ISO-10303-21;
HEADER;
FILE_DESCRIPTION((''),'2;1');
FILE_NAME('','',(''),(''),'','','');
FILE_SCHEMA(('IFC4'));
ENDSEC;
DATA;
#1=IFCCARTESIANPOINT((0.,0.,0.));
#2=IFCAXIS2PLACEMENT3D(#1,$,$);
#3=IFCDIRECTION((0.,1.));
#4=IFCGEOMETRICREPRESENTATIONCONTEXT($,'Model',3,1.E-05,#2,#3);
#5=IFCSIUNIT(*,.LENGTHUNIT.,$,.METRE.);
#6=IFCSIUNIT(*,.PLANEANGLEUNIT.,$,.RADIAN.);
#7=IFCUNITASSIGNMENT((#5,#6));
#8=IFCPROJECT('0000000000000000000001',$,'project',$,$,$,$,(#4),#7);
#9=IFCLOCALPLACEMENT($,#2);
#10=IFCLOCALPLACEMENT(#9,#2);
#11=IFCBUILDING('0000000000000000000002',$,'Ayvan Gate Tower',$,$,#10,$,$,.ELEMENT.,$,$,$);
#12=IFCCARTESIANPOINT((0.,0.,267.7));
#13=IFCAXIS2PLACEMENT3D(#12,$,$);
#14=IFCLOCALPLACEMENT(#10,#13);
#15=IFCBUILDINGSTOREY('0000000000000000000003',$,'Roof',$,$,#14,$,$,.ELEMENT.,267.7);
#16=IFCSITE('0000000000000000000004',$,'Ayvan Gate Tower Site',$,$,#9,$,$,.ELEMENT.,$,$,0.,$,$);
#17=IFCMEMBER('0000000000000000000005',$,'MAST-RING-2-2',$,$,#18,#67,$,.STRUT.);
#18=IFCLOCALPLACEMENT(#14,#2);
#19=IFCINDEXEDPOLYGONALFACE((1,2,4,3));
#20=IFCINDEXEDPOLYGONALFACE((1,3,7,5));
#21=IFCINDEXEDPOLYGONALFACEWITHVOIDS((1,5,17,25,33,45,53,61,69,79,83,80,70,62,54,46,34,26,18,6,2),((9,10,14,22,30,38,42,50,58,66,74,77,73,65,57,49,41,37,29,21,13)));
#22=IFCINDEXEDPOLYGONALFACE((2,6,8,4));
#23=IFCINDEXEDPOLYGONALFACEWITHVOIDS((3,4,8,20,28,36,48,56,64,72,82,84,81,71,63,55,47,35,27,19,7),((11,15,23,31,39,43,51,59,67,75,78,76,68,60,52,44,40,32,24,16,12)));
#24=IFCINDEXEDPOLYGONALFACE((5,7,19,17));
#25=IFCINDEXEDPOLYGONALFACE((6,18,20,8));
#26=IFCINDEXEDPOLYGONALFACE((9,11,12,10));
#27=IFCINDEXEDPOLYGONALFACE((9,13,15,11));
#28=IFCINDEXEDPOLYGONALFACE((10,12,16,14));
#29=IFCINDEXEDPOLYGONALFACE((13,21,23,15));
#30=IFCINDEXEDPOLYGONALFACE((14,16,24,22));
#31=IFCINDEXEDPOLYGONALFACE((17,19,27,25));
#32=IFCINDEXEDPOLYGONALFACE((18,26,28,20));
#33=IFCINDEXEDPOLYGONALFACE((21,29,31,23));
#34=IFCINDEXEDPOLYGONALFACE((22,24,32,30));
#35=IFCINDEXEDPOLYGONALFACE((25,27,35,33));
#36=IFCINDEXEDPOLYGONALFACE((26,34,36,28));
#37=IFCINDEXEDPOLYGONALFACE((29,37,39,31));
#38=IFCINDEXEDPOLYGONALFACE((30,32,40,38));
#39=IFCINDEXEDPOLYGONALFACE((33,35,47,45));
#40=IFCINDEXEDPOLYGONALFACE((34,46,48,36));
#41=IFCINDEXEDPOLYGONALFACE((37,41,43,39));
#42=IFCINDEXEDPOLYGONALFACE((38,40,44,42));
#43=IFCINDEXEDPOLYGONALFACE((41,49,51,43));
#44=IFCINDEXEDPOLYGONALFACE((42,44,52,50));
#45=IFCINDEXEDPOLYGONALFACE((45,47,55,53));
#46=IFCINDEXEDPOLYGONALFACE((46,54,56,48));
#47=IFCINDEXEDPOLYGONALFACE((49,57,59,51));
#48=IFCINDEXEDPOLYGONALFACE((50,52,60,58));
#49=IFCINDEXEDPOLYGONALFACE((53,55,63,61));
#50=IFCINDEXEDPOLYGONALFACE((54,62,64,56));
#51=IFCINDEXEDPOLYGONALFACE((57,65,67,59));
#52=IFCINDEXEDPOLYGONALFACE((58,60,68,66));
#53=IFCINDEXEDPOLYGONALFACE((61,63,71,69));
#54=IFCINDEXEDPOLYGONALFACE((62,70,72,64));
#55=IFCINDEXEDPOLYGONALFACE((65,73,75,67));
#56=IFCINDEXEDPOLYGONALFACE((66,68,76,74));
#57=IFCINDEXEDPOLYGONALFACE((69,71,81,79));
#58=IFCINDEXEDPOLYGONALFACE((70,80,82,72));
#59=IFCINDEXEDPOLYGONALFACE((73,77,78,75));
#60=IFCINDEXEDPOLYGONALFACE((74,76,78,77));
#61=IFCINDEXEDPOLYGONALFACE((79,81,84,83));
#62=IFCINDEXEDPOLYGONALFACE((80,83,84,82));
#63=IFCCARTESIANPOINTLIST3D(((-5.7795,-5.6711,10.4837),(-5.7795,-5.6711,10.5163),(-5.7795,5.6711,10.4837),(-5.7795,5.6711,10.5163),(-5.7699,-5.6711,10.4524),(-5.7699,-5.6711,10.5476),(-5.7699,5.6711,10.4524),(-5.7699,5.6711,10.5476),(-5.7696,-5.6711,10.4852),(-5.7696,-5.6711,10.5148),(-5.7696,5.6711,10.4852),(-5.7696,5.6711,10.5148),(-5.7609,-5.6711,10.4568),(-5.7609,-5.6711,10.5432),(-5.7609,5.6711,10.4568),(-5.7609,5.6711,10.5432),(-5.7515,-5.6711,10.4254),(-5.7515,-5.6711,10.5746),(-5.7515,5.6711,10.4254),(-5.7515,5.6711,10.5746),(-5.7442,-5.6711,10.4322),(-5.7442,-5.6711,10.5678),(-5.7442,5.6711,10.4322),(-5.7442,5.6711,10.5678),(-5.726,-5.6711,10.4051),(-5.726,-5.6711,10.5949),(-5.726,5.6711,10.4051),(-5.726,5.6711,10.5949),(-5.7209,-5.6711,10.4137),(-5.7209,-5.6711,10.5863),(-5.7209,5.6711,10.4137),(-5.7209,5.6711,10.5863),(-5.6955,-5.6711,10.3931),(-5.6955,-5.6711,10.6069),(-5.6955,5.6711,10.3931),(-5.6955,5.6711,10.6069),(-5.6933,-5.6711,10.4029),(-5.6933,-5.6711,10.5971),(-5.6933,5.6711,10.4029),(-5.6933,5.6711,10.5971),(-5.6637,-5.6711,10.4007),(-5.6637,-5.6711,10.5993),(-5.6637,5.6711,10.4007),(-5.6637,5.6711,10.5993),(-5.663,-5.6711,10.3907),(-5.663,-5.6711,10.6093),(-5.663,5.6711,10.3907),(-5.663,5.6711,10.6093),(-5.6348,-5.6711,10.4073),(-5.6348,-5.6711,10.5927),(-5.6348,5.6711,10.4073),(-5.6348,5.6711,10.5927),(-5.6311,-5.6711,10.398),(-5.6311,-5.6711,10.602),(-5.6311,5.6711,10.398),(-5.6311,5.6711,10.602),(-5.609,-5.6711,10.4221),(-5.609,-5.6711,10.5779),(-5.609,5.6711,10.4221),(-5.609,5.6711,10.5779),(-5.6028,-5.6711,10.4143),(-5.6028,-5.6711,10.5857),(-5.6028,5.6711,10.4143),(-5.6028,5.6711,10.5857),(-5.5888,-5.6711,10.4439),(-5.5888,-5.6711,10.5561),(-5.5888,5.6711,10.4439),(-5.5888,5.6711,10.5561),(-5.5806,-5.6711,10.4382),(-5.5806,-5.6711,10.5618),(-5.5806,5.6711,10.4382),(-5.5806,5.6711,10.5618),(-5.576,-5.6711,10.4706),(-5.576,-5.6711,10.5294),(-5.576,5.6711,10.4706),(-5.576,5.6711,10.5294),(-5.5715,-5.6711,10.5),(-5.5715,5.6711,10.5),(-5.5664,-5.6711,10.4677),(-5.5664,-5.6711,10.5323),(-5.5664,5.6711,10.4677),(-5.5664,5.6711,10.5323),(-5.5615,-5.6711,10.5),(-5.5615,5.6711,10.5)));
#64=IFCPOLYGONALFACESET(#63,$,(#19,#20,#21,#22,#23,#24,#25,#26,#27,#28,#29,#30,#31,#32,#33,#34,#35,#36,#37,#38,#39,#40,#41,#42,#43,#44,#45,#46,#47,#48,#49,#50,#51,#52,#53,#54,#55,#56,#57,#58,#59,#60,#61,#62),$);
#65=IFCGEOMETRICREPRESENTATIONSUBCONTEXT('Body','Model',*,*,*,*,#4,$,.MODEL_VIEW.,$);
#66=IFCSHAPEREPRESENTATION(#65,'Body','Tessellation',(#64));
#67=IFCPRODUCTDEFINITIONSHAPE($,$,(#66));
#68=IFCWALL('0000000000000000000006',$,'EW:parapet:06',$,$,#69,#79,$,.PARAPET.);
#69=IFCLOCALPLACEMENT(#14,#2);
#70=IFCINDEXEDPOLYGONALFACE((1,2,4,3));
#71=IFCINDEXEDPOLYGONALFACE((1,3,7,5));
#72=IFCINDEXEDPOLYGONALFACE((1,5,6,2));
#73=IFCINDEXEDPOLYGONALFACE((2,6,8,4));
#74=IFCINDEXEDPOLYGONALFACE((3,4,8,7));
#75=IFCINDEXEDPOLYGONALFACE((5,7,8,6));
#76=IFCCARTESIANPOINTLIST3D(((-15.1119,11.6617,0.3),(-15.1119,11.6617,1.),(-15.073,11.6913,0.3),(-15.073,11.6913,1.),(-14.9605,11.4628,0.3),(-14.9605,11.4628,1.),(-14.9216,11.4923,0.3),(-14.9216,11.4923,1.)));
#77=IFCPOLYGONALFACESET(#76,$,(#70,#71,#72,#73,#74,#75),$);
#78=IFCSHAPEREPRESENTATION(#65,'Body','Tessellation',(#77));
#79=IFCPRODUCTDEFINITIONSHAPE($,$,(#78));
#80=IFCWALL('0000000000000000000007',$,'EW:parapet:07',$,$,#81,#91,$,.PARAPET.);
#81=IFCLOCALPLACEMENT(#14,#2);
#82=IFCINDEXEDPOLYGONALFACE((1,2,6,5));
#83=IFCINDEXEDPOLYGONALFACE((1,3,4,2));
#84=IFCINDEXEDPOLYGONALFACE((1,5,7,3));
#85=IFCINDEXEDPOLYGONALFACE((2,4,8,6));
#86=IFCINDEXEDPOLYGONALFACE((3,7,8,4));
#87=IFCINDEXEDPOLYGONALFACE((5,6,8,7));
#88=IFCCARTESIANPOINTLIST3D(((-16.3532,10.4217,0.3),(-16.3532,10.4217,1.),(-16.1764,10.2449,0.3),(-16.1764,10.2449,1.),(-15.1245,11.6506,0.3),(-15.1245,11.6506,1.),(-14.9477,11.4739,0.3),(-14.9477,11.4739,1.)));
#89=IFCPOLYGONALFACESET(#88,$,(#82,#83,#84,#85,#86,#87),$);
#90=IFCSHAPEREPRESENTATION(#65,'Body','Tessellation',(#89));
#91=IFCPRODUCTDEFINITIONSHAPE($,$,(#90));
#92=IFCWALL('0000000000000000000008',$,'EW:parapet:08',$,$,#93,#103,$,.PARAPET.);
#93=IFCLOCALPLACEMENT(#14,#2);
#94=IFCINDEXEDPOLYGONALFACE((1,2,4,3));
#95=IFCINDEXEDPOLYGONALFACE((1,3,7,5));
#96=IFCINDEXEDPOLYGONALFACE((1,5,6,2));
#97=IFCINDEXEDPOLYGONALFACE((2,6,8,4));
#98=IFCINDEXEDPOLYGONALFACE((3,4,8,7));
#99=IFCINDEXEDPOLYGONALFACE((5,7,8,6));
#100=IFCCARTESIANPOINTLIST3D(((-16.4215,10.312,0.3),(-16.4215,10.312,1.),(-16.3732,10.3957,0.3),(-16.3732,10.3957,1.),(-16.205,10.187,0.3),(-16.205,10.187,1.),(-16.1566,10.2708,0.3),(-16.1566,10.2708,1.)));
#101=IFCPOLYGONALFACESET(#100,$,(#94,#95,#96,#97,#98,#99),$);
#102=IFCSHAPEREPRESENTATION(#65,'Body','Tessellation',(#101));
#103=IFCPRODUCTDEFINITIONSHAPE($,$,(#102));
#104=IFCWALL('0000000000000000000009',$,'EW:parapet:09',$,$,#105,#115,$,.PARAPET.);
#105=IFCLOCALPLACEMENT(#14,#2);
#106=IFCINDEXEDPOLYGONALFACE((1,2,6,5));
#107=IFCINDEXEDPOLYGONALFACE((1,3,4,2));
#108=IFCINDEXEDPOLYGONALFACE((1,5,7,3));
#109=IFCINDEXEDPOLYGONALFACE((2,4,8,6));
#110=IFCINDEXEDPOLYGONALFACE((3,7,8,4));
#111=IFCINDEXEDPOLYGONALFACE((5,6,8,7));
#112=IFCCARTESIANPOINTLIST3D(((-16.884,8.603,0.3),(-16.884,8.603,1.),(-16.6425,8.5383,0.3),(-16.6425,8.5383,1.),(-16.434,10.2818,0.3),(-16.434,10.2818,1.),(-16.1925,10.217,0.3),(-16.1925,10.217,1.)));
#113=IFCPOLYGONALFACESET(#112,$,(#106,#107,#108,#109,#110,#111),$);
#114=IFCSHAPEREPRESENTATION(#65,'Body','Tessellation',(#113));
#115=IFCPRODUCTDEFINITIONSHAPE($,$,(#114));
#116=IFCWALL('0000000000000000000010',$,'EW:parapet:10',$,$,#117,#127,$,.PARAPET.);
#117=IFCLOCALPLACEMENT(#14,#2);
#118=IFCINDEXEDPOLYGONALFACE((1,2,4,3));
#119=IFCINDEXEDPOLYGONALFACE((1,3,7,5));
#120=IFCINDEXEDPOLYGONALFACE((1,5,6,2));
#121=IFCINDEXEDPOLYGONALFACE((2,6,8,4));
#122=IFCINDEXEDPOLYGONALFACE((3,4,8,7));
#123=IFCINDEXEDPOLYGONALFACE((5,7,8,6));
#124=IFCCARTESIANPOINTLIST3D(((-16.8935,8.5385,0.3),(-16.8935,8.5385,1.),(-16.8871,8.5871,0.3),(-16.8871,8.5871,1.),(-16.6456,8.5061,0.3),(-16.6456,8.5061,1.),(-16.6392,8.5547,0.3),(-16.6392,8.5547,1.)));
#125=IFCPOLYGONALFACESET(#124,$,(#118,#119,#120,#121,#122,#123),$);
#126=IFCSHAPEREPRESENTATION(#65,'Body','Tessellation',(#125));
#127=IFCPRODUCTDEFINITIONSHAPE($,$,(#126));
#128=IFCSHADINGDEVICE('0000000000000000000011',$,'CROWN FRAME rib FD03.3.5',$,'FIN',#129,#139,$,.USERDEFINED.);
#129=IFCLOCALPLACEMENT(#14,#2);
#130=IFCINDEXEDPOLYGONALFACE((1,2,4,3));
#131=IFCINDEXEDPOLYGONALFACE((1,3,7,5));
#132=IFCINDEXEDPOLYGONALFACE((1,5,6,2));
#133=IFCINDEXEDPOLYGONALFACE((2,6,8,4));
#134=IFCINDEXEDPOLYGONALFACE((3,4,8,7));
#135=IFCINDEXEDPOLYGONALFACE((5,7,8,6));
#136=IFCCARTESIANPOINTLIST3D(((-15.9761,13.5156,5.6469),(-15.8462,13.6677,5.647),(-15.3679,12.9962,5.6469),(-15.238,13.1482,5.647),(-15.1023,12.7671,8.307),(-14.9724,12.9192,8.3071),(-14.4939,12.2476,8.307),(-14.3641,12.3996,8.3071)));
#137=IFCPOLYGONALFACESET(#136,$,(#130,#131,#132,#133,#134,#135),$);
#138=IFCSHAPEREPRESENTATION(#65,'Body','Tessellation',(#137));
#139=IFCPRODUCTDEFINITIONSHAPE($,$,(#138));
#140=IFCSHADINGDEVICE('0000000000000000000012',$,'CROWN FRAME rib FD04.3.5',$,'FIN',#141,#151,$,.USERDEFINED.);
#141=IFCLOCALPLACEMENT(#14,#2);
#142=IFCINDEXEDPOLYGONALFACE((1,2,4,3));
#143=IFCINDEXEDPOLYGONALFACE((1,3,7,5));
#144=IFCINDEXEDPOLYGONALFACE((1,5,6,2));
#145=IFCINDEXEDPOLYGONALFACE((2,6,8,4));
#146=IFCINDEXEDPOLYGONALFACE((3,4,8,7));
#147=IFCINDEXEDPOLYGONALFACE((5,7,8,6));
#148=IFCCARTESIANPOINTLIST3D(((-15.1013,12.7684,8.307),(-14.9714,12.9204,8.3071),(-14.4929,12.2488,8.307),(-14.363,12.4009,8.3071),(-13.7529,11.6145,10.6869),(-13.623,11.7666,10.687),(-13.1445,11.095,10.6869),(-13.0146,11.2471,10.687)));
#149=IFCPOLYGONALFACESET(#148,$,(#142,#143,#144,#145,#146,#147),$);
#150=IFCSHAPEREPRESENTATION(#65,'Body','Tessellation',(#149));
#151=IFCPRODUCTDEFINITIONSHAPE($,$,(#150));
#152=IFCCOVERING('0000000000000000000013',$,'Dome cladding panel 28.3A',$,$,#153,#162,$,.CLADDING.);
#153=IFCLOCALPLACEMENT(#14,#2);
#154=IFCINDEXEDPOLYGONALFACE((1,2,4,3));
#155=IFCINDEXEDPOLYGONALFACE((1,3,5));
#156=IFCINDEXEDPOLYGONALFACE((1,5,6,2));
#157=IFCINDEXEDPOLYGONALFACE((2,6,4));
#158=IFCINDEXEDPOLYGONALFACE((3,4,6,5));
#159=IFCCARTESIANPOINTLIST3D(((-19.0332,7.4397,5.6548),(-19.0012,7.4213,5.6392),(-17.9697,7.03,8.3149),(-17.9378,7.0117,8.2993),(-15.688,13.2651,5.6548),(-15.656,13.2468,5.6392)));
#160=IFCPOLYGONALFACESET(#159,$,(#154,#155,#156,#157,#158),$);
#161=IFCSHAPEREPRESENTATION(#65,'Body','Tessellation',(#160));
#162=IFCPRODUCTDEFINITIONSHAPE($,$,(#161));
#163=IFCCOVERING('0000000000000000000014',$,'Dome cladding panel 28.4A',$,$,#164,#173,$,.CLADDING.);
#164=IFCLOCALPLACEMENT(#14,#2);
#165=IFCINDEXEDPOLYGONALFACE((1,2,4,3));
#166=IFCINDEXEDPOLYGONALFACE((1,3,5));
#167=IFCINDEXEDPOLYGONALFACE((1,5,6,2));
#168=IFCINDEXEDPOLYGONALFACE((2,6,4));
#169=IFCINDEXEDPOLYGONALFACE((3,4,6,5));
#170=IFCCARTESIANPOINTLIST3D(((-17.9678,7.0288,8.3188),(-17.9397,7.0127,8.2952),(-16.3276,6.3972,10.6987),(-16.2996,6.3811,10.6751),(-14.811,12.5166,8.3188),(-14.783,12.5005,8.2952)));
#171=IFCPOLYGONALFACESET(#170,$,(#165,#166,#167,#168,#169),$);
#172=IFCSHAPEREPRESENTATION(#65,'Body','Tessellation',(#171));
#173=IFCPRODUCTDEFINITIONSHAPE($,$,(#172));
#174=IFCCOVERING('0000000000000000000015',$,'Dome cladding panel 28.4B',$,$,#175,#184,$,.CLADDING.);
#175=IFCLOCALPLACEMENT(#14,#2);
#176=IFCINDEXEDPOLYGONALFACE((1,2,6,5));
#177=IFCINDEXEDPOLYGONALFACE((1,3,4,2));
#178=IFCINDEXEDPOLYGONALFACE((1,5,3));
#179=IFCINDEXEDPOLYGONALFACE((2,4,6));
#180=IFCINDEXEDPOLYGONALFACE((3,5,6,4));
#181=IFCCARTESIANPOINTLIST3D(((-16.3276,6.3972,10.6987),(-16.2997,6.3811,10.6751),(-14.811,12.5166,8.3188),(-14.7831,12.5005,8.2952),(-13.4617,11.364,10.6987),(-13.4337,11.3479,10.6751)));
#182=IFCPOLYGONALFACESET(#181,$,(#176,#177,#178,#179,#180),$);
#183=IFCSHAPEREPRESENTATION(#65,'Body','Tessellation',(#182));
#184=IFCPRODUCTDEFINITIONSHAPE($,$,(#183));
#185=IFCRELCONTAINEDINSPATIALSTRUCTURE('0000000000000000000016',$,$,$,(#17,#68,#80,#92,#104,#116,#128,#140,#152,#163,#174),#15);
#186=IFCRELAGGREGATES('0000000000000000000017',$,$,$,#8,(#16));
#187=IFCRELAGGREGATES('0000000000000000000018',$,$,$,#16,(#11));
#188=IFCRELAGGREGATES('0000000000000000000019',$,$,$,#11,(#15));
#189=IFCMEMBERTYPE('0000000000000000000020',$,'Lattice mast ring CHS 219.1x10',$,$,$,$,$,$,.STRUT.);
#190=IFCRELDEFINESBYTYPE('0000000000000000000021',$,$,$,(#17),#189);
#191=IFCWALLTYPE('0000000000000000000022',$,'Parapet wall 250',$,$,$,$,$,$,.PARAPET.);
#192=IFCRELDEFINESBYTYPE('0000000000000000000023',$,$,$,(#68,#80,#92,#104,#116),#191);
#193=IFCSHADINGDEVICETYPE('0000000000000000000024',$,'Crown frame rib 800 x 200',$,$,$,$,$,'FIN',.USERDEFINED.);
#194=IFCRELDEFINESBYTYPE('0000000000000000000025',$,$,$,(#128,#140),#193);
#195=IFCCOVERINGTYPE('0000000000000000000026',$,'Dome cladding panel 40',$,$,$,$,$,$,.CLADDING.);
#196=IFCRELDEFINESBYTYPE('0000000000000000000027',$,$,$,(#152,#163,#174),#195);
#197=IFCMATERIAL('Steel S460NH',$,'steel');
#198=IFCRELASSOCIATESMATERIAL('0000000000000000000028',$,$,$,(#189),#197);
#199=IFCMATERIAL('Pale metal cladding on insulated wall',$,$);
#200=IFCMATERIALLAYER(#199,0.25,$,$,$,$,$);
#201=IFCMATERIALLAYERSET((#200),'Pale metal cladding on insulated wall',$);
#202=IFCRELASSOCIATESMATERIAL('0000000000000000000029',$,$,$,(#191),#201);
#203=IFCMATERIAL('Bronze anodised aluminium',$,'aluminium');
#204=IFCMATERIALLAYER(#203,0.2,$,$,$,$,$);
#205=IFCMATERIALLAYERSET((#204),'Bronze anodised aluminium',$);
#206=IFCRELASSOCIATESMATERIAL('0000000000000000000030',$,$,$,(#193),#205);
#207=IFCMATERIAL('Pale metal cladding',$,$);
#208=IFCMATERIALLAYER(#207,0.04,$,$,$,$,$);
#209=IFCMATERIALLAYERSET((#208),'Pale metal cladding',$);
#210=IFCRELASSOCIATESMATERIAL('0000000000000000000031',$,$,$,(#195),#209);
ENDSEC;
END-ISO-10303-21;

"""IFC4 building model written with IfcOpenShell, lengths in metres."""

from ifc_helpers import new_model, si_unit, direction, frame, frame_2d, origin, origin_2d, place, context, subcontext, project, spatial, polyline, rectangle, hollow_circle, outline, extrude, material, layer, layer_set, material_profile, profile_set, type_object, element, save


model = new_model("IFC4")

# Units and contexts
model_context = context("Model", 3, precision=1e-05, world=origin(), true_north=direction((0.0, 1.0)))
body_context = subcontext(model_context, "Body", "Model", "MODEL_VIEW")
ifc_project = project(units=[si_unit("LENGTHUNIT", "METRE"), si_unit("PLANEANGLEUNIT", "RADIAN")], contexts=[model_context])

# Site, building, storey
site_placement = place(None, origin())
site = spatial("IfcSite", under=ifc_project, at=site_placement, Name="Ayvan Gate Tower Site", CompositionType="ELEMENT", RefElevation=0.0)
building_placement = place(site_placement, origin())
building = spatial("IfcBuilding", under=site, at=building_placement, Name="Ayvan Gate Tower", CompositionType="ELEMENT")
storey_placement = place(building_placement, frame((0.0, 0.0, 267.7)))
storey = spatial("IfcBuildingStorey", under=building, at=storey_placement, Name="Roof", CompositionType="ELEMENT", Elevation=267.7)

# Member
ifc_material_1 = material(Name="Steel S460NH", Category="steel")
ifc_material_profile_1 = material_profile(ifc_material_1, hollow_circle(Radius=0.1096, WallThickness=0.01, at=origin_2d()), Name="CHS 219.1x10")
ifc_profile_set_1 = profile_set([ifc_material_profile_1], Name="Steel S460NH")
member_type_1 = type_object("IfcMemberType", Name="Lattice mast ring CHS 219.1x10", PredefinedType="STRUT", material=ifc_profile_set_1)
member_1_placement = place(storey_placement, frame((-5.6711, 5.6711, 10.5), z_axis=(0.0, -1.0, 0.0), x_axis=(1.0, 0.0, 0.0)))
element("IfcMember", 1, at=member_1_placement, inside=storey, type_object=member_type_1, Name="MAST-RING-2-2", PredefinedType="STRUT", context=body_context, shape_type="SweptSolid", body=[
    extrude(hollow_circle(Radius=0.1096, WallThickness=0.01, at=origin_2d()), origin(), (0.0, 0.0, 1.0), 11.3423),
])

# Walls
ifc_material_2 = material(Name="Pale metal cladding on insulated wall")
ifc_layer_1 = layer(ifc_material_2, 0.25)
ifc_layer_set_1 = layer_set([ifc_layer_1], Name="Pale metal cladding on insulated wall")
wall_type = type_object("IfcWallType", Name="Parapet wall 250", PredefinedType="PARAPET", material=ifc_layer_set_1)
wall_1_placement = place(storey_placement, frame((-14.9973, 11.5918, 0.3), z_axis=(0.0, 0.0, 1.0), x_axis=(-0.795776, -0.605591, 0.0)))
element("IfcWall", 2, at=wall_1_placement, inside=storey, type_object=wall_type, Name="EW:parapet:06", PredefinedType="PARAPET", context=body_context, shape_type="SweptSolid", body=[
    extrude(rectangle(XDim=0.0488, YDim=0.25, at=frame_2d((0.0244, 0.0))), origin(), (0.0, 0.0, 1.0), 0.7),
])
wall_2_placement = place(storey_placement, frame((-15.0361, 11.5623, 0.3), z_axis=(0.0, 0.0, 1.0), x_axis=(-0.707037, -0.707177, 0.0)))
element("IfcWall", 3, at=wall_2_placement, inside=storey, type_object=wall_type, Name="EW:parapet:07", PredefinedType="PARAPET", context=body_context, shape_type="SweptSolid", body=[
    extrude(rectangle(XDim=1.7378, YDim=0.25, at=frame_2d((0.8689, 0.0))), origin(), (0.0, 0.0, 1.0), 0.7),
])
wall_3_placement = place(storey_placement, frame((-16.2649, 10.3333, 0.3), z_axis=(0.0, 0.0, 1.0), x_axis=(-0.499941, -0.866059, 0.0)))
element("IfcWall", 4, at=wall_3_placement, inside=storey, type_object=wall_type, Name="EW:parapet:08", PredefinedType="PARAPET", context=body_context, shape_type="SweptSolid", body=[
    extrude(rectangle(XDim=0.0967, YDim=0.25, at=frame_2d((0.0483, 0.0))), origin(), (0.0, 0.0, 1.0), 0.7),
])
wall_4_placement = place(storey_placement, frame((-16.3132, 10.2495, 0.3), z_axis=(0.0, 0.0, 1.0), x_axis=(-0.258895, -0.965905, 0.0)))
element("IfcWall", 5, at=wall_4_placement, inside=storey, type_object=wall_type, Name="EW:parapet:09", PredefinedType="PARAPET", context=body_context, shape_type="SweptSolid", body=[
    extrude(rectangle(XDim=1.738, YDim=0.25, at=frame_2d((0.8691, 0.0))), origin(), (0.0, 0.0, 1.0), 0.7),
])
wall_5_placement = place(storey_placement, frame((-16.7632, 8.5708, 0.3), z_axis=(0.0, 0.0, 1.0), x_axis=(-0.129552, -0.991573, 0.0)))
element("IfcWall", 6, at=wall_5_placement, inside=storey, type_object=wall_type, Name="EW:parapet:10", PredefinedType="PARAPET", context=body_context, shape_type="SweptSolid", body=[
    extrude(rectangle(XDim=0.0491, YDim=0.25, at=frame_2d((0.0244, 0.0))), origin(), (0.0, 0.0, 1.0), 0.7),
])

# Shading devices
ifc_material_3 = material(Name="Bronze anodised aluminium", Category="aluminium")
ifc_layer_2 = layer(ifc_material_3, 0.2)
ifc_layer_set_2 = layer_set([ifc_layer_2], Name="Bronze anodised aluminium")
shading_device_type = type_object("IfcShadingDeviceType", Name="Crown frame rib 800 x 200", ElementType="FIN", PredefinedType="USERDEFINED", material=ifc_layer_set_2)
shading_device_1_placement = place(storey_placement, frame((-15.238, 13.1482, 5.647), z_axis=(0.649458, 0.760397, 0.00061), x_axis=(-0.760397, 0.649458, 0.0)))
element("IfcShadingDevice", 7, at=shading_device_1_placement, inside=storey, type_object=shading_device_type, Name="CROWN FRAME rib FD03.3.5", ObjectType="FIN", PredefinedType="USERDEFINED", context=body_context, shape_type="SweptSolid", body=[
    extrude(outline(polyline([(0.0, 0.0), (0.7999, 0.0), (-0.3507, 2.6602), (-1.1507, 2.6602), (0.0, 0.0)])), origin(), (0.0, 0.0, -1.0), 0.2),
])
shading_device_2_placement = place(storey_placement, frame((-14.363, 12.4009, 8.3071), z_axis=(0.649383, 0.760461, 0.000759), x_axis=(-0.760462, 0.649383, 0.0)))
element("IfcShadingDevice", 8, at=shading_device_2_placement, inside=storey, type_object=shading_device_type, Name="CROWN FRAME rib FD04.3.5", ObjectType="FIN", PredefinedType="USERDEFINED", context=body_context, shape_type="SweptSolid", body=[
    extrude(outline(polyline([(0.0, 0.0), (0.8, 0.0), (-0.9746, 2.3799), (-1.7747, 2.3799), (0.0, 0.0)])), origin(), (0.0, 0.0, -1.0), 0.2),
])

# Coverings
ifc_material_4 = material(Name="Pale metal cladding")
ifc_layer_3 = layer(ifc_material_4, 0.04)
ifc_layer_set_3 = layer_set([ifc_layer_3], Name="Pale metal cladding")
covering_type = type_object("IfcCoveringType", Name="Dome cladding panel 40", PredefinedType="CLADDING", material=ifc_layer_set_3)
covering_1_placement = place(storey_placement, frame((-15.688, 13.2651, 5.6548), z_axis=(-0.798568, 0.458572, 0.389872), x_axis=(-0.497977, -0.86719, 0.0)))
element("IfcCovering", 9, at=covering_1_placement, inside=storey, type_object=covering_type, Name="Dome cladding panel 28.3A", PredefinedType="CLADDING", context=body_context, shape_type="SweptSolid", body=[
    extrude(outline(polyline([(0.0, 0.0), (6.7176, 0.0), (6.5433, 2.8887), (0.0, 0.0)])), origin(), (0.0, 0.0, -1.0), 0.04),
])
covering_2_placement = place(storey_placement, frame((-14.811, 12.5166, 8.3188), z_axis=(-0.700216, 0.402784, 0.58946), x_axis=(-0.49862, -0.86682, 0.0)))
element("IfcCovering", 10, at=covering_2_placement, inside=storey, type_object=covering_type, Name="Dome cladding panel 28.4A", PredefinedType="CLADDING", context=body_context, shape_type="SweptSolid", body=[
    extrude(outline(polyline([(0.0, 0.0), (6.3309, 0.0), (6.0606, 2.9461), (0.0, 0.0)])), origin(), (0.0, 0.0, -1.0), 0.04),
])
covering_3_placement = place(storey_placement, frame((-14.811, 12.5166, 8.3188), z_axis=(-0.698528, 0.403068, 0.591265), x_axis=(-0.225057, -0.908089, 0.353164)))
element("IfcCovering", 11, at=covering_3_placement, inside=storey, type_object=covering_type, Name="Dome cladding panel 28.4B", PredefinedType="CLADDING", context=body_context, shape_type="SweptSolid", body=[
    extrude(outline(polyline([(0.0, 0.0), (6.7388, 0.0), (1.5835, 2.5111), (0.0, 0.0)])), origin(), (0.0, 0.0, -1.0), 0.04),
])

save(model, "model.ifc")
